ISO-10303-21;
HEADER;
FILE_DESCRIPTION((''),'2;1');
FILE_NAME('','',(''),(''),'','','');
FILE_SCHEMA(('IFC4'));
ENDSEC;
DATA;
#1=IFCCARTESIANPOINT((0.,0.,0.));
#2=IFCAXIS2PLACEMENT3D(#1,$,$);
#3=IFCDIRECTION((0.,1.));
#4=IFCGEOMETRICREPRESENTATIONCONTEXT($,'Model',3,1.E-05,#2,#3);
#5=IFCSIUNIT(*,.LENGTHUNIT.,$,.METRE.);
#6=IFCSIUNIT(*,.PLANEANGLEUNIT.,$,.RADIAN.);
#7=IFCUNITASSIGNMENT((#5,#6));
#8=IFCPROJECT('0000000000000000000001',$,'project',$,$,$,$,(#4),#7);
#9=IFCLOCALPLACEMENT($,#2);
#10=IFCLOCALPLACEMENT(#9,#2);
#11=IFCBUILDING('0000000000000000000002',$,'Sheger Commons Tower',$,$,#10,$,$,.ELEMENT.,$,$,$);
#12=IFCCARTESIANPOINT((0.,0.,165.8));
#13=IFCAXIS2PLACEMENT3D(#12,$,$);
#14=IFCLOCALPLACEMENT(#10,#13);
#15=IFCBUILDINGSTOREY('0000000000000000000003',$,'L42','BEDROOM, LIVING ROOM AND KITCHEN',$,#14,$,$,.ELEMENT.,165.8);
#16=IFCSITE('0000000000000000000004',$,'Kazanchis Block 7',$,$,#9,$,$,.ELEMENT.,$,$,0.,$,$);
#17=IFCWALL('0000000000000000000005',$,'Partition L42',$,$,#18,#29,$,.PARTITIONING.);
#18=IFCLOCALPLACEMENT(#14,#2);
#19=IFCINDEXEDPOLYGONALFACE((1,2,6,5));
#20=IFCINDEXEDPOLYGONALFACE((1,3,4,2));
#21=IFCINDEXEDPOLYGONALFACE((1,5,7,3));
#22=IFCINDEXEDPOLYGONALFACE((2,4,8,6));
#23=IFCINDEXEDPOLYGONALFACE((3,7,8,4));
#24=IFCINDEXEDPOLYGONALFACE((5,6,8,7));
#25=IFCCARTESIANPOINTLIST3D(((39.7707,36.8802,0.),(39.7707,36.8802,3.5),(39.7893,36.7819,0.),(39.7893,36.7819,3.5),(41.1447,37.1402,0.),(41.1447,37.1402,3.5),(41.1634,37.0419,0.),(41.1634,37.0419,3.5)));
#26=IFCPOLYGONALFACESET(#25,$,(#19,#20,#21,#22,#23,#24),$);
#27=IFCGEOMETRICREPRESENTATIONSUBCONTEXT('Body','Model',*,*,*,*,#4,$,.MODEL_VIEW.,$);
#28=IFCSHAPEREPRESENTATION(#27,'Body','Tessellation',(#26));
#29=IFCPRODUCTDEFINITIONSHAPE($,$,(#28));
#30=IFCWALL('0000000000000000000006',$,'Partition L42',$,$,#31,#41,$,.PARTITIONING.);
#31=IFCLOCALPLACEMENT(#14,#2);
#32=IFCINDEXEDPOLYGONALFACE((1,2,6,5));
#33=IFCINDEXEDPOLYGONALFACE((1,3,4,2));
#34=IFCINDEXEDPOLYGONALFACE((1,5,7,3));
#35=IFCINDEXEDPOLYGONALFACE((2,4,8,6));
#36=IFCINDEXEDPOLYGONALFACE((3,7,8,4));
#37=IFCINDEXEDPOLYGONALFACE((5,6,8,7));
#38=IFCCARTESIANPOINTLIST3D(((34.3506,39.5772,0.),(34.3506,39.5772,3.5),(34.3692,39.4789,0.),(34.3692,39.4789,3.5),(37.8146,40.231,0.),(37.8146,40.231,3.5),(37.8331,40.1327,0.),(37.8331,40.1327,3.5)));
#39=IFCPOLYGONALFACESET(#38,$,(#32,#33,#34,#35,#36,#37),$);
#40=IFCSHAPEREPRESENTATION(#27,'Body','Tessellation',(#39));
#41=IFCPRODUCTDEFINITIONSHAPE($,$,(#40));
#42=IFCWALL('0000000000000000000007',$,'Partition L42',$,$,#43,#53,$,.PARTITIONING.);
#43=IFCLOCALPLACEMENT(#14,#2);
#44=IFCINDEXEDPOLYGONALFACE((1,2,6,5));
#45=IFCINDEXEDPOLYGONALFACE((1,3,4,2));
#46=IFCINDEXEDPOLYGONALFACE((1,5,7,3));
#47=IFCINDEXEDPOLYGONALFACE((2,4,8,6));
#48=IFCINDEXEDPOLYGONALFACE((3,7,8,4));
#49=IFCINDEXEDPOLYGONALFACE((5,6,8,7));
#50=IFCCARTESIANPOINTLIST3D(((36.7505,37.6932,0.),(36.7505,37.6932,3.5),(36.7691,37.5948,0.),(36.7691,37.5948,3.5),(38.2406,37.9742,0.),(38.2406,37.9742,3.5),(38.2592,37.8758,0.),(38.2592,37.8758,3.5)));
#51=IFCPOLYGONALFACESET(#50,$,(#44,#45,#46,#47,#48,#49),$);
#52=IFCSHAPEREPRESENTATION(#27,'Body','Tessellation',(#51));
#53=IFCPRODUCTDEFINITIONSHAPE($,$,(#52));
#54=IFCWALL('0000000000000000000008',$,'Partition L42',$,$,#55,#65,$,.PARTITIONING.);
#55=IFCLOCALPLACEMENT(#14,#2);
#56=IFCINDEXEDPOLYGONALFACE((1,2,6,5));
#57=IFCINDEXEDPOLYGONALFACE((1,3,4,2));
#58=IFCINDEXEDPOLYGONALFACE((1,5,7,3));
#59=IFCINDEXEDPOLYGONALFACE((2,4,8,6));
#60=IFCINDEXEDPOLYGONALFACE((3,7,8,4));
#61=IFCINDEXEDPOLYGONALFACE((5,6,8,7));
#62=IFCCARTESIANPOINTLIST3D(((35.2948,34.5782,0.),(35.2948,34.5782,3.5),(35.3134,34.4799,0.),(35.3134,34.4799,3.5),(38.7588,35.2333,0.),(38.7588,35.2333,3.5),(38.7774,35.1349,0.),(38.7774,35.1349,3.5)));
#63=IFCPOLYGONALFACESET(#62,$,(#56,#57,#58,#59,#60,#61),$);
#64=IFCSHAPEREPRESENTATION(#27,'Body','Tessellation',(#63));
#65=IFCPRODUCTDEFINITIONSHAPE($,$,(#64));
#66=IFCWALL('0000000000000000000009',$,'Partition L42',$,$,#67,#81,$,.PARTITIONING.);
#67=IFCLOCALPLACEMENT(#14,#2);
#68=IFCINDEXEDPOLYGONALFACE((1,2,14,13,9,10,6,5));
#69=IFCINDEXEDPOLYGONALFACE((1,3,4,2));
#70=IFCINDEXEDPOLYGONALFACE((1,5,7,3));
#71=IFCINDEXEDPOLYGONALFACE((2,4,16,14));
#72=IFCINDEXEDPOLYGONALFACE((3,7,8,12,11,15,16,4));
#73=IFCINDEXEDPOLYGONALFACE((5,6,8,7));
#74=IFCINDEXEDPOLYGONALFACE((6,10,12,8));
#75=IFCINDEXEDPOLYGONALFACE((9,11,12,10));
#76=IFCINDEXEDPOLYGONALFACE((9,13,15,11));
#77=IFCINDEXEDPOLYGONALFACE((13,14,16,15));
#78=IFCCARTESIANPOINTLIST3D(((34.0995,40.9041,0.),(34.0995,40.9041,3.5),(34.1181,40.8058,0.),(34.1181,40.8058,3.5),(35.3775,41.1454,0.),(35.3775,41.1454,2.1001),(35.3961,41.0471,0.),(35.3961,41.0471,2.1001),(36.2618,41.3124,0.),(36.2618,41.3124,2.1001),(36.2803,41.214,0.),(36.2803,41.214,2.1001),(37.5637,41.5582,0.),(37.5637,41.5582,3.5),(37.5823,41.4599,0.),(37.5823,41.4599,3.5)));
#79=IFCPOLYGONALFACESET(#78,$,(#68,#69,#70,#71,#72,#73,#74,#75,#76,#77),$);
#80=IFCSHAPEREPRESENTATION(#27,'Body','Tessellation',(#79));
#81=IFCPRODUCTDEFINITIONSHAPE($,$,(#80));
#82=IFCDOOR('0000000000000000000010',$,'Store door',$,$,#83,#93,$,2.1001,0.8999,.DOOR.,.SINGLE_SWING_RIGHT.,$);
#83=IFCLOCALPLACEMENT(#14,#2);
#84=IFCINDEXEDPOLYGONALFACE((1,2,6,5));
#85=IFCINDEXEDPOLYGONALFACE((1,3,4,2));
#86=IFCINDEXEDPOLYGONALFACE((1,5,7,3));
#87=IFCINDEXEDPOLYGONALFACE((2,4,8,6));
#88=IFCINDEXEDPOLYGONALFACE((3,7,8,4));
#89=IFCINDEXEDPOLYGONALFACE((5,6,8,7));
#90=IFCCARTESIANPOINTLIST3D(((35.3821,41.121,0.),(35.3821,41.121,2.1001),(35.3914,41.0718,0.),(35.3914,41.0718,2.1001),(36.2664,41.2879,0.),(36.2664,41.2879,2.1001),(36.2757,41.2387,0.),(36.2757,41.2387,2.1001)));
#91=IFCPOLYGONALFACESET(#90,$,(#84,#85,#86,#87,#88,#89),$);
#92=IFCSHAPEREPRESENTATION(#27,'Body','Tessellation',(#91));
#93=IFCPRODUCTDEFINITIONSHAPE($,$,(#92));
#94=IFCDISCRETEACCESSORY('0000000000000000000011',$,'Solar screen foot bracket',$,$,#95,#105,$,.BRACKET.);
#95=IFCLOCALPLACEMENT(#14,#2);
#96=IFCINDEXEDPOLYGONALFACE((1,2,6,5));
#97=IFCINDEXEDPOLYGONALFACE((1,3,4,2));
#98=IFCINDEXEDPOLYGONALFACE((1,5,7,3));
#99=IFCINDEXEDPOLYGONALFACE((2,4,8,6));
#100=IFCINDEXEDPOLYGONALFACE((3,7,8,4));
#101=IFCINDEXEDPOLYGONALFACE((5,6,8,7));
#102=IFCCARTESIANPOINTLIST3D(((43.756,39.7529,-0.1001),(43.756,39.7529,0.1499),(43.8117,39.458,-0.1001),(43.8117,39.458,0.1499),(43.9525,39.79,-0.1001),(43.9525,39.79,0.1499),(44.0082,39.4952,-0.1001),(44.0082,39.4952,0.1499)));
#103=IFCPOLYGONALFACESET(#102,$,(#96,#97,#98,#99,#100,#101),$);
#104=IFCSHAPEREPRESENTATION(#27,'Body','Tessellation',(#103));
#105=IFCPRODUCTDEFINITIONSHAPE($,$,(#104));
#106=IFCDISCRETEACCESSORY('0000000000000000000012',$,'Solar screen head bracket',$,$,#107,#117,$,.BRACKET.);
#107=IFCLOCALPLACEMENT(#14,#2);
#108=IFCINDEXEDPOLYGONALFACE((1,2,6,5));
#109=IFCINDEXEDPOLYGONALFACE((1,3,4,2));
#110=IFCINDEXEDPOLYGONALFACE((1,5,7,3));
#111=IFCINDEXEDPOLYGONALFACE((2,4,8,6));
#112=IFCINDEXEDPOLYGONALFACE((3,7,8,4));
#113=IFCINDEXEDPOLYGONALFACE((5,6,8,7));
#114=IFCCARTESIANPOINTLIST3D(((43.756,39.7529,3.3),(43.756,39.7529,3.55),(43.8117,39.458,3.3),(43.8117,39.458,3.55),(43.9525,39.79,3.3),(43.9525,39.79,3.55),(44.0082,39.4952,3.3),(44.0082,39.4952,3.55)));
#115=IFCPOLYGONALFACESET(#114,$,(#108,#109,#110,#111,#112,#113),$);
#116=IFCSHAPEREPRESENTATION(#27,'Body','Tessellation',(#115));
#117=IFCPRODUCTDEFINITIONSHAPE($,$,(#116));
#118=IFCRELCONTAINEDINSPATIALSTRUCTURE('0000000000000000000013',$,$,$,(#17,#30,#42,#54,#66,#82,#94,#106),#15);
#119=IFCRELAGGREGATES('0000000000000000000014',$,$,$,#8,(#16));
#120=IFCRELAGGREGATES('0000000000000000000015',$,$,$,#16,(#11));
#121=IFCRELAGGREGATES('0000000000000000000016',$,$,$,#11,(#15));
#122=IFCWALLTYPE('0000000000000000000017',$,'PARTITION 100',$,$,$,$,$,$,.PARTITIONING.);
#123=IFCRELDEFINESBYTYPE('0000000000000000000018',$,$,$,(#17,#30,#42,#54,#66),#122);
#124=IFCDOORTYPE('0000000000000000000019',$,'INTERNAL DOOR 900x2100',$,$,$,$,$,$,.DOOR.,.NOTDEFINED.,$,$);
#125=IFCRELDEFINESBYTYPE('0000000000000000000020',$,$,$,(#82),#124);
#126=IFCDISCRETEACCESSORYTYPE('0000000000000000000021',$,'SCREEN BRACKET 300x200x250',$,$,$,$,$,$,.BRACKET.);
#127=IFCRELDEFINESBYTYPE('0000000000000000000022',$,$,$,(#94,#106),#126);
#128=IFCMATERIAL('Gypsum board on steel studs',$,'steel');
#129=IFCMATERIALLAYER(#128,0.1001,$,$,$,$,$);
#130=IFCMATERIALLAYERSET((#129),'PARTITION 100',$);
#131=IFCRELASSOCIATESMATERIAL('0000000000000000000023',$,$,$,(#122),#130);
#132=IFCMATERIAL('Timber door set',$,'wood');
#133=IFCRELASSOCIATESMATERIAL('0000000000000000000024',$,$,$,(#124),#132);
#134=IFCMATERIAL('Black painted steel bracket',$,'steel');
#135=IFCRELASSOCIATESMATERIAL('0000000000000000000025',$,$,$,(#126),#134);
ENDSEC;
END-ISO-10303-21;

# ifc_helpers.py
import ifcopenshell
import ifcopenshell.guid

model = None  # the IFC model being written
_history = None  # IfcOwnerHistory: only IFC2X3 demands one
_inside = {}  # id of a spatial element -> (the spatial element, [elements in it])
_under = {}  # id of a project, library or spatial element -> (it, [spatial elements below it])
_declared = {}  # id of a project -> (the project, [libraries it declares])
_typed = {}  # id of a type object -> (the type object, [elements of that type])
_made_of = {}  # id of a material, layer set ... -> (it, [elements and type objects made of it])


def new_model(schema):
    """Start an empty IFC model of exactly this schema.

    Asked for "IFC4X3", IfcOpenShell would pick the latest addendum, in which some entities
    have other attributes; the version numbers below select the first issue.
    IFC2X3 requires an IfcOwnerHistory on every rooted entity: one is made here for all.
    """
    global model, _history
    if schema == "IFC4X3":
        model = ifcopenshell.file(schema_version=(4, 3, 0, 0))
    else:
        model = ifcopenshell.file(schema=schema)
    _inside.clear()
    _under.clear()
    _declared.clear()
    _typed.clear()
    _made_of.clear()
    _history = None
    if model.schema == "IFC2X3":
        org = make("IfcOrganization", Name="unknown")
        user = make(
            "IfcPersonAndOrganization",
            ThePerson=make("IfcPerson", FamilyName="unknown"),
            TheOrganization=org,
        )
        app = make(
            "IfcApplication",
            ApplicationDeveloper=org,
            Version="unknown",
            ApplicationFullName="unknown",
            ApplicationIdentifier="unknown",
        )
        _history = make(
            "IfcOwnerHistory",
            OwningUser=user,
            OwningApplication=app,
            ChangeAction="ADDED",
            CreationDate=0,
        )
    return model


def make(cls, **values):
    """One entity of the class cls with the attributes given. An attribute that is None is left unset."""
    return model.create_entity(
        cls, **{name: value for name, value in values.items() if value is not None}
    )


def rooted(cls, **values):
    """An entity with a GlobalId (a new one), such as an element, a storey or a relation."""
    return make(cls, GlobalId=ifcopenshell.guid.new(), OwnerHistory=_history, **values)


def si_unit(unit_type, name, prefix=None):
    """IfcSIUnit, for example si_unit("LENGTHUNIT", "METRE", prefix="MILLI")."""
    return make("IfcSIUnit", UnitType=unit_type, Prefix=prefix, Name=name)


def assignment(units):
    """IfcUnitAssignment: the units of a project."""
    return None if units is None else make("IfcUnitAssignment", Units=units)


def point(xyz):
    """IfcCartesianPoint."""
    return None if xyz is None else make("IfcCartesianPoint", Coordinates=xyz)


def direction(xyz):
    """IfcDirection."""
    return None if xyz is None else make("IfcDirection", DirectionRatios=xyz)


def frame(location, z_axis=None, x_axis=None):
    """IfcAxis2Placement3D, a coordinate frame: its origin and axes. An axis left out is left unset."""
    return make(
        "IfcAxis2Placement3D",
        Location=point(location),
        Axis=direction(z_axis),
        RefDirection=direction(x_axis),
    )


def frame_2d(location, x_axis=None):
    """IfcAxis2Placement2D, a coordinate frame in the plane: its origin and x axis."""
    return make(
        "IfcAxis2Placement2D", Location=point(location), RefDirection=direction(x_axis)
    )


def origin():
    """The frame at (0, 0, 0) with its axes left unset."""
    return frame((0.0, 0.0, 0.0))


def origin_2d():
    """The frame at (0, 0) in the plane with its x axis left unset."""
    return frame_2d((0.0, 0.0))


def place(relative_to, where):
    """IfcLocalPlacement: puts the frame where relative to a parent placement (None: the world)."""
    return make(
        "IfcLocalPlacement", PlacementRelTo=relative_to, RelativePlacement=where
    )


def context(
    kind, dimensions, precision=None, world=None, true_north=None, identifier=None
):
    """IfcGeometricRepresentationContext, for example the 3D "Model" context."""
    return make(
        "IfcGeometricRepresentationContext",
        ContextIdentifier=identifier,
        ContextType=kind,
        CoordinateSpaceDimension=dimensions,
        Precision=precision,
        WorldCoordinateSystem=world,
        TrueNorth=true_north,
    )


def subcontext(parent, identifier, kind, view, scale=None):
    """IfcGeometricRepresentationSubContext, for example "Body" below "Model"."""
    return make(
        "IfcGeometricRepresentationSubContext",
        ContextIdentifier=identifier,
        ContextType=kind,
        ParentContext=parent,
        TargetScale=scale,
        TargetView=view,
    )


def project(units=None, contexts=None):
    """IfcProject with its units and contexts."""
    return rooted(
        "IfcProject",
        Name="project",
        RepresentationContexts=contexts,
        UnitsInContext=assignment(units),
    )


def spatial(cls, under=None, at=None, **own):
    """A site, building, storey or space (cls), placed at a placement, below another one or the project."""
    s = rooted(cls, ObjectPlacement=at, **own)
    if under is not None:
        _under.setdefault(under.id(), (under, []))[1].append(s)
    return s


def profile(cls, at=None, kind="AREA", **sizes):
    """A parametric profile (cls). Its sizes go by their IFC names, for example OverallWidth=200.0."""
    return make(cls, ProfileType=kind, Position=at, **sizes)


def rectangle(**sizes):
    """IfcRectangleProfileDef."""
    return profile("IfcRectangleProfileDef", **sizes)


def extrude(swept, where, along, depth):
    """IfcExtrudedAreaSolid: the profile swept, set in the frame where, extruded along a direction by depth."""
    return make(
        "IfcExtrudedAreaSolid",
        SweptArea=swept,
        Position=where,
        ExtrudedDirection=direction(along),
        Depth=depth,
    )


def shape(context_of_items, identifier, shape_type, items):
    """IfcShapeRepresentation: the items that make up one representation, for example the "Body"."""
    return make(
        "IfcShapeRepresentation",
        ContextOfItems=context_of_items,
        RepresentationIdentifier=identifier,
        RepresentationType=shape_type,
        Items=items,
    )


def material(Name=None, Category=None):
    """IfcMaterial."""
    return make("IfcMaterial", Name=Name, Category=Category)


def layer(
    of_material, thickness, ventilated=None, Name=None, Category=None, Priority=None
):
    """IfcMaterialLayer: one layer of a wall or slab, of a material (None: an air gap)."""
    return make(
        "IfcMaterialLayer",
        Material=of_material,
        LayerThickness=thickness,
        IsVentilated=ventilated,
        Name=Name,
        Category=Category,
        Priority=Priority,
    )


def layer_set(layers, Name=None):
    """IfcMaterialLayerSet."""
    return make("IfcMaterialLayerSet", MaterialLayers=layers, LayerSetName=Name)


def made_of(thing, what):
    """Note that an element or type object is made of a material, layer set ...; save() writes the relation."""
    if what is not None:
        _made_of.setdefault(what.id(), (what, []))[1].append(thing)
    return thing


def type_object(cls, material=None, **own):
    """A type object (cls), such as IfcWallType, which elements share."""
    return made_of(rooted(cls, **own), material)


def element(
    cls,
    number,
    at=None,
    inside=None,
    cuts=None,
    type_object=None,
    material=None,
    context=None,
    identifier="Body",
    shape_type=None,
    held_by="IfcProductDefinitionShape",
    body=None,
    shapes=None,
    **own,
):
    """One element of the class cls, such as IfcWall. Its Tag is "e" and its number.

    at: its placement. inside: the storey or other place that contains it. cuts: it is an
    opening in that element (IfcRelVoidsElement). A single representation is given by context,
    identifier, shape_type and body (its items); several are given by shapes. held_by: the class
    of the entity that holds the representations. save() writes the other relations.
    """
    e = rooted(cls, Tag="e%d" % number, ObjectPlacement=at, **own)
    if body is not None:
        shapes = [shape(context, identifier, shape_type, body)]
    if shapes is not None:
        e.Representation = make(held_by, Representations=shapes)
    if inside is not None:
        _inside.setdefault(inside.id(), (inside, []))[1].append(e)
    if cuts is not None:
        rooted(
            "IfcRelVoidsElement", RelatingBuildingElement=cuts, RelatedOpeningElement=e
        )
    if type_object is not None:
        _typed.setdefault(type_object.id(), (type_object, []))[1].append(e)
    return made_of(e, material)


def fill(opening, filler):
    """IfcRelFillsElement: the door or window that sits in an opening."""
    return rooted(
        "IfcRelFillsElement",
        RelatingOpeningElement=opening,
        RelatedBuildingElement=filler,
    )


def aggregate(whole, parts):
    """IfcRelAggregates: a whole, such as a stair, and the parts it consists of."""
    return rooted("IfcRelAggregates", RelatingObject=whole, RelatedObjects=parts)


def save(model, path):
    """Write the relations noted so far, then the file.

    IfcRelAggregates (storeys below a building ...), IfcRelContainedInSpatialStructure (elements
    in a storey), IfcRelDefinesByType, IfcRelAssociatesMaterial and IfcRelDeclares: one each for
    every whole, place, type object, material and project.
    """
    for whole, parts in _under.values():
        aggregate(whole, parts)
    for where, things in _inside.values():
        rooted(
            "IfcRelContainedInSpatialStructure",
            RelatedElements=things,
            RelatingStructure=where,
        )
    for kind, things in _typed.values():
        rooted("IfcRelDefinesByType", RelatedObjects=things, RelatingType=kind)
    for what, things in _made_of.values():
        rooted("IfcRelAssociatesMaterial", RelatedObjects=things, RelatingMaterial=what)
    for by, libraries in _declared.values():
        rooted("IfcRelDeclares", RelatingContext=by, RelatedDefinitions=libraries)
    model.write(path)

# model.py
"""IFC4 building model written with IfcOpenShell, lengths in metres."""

from ifc_helpers import new_model, si_unit, direction, frame, frame_2d, origin, origin_2d, place, context, subcontext, project, spatial, rectangle, extrude, material, layer, layer_set, type_object, element, fill, save


model = new_model("IFC4")

# Units and contexts
model_context = context("Model", 3, precision=1e-05, world=origin(), true_north=direction((0.0, 1.0)))
body_context = subcontext(model_context, "Body", "Model", "MODEL_VIEW")
ifc_project = project(units=[si_unit("LENGTHUNIT", "METRE"), si_unit("PLANEANGLEUNIT", "RADIAN")], contexts=[model_context])

# Site, building, storey
site_placement = place(None, origin())
site = spatial("IfcSite", under=ifc_project, at=site_placement, Name="Kazanchis Block 7", CompositionType="ELEMENT", RefElevation=0.0)
building_placement = place(site_placement, origin())
building = spatial("IfcBuilding", under=site, at=building_placement, Name="Sheger Commons Tower", CompositionType="ELEMENT")
storey_placement = place(building_placement, frame((0.0, 0.0, 165.8)))
storey = spatial("IfcBuildingStorey", under=building, at=storey_placement, Name="L42", Description="BEDROOM, LIVING ROOM AND KITCHEN", CompositionType="ELEMENT", Elevation=165.8)

# Shared definitions
ifc_material_1 = material(Name="Gypsum board on steel studs", Category="steel")
ifc_layer_1 = layer(ifc_material_1, 0.1001)
ifc_layer_set_1 = layer_set([ifc_layer_1], Name="PARTITION 100")
wall_type = type_object("IfcWallType", Name="PARTITION 100", PredefinedType="PARTITIONING", material=ifc_layer_set_1)

# Shared definitions
ifc_material_2 = material(Name="Timber door set", Category="wood")
door_type = type_object("IfcDoorType", Name="INTERNAL DOOR 900x2100", OperationType="NOTDEFINED", PredefinedType="DOOR", material=ifc_material_2)

# Walls
wall_1_placement = place(storey_placement, frame((41.1541, 37.0911, 0.0), z_axis=(0.0, 0.0, 1.0), x_axis=(-0.982562, -0.185933, 0.0)))
element("IfcWall", 1, at=wall_1_placement, inside=storey, type_object=wall_type, Name="Partition L42", PredefinedType="PARTITIONING", context=body_context, shape_type="SweptSolid", body=[
    extrude(rectangle(XDim=1.3984, YDim=0.1001, at=frame_2d((0.6992, 0.0))), origin(), (0.0, 0.0, 1.0), 3.5),
])
wall_2_placement = place(storey_placement, frame((37.824, 40.1819, 0.0), z_axis=(0.0, 0.0, 1.0), x_axis=(-0.982649, -0.185476, 0.0)))
element("IfcWall", 2, at=wall_2_placement, inside=storey, type_object=wall_type, Name="Partition L42", PredefinedType="PARTITIONING", context=body_context, shape_type="SweptSolid", body=[
    extrude(rectangle(XDim=3.5251, YDim=0.1001, at=frame_2d((1.7627, 0.0))), origin(), (0.0, 0.0, 1.0), 3.5),
])
wall_3_placement = place(storey_placement, frame((38.25, 37.925, 0.0), z_axis=(0.0, 0.0, 1.0), x_axis=(-0.982677, -0.185329, 0.0)))
element("IfcWall", 3, at=wall_3_placement, inside=storey, type_object=wall_type, Name="Partition L42", PredefinedType="PARTITIONING", context=body_context, shape_type="SweptSolid", body=[
    extrude(rectangle(XDim=1.5164, YDim=0.1001, at=frame_2d((0.7583, 0.0))), origin(), (0.0, 0.0, 1.0), 3.5),
])
wall_4_placement = place(storey_placement, frame((38.7681, 35.1841, 0.0), z_axis=(0.0, 0.0, 1.0), x_axis=(-0.982588, -0.185798, 0.0)))
element("IfcWall", 4, at=wall_4_placement, inside=storey, type_object=wall_type, Name="Partition L42", PredefinedType="PARTITIONING", context=body_context, shape_type="SweptSolid", body=[
    extrude(rectangle(XDim=3.5254, YDim=0.1001, at=frame_2d((1.7627, 0.0))), origin(), (0.0, 0.0, 1.0), 3.5),
])

# Wall, opening, door
wall_5_placement = place(storey_placement, frame((37.573, 41.509, 0.0), z_axis=(0.0, 0.0, 1.0), x_axis=(-0.982639, -0.18553, 0.0)))
wall_5 = element("IfcWall", 5, at=wall_5_placement, inside=storey, type_object=wall_type, Name="Partition L42", PredefinedType="PARTITIONING", context=body_context, shape_type="SweptSolid", body=[
    extrude(rectangle(XDim=3.5254, YDim=0.1001, at=frame_2d((1.7627, 0.0))), origin(), (0.0, 0.0, 1.0), 3.5),
])
opening_1_placement = place(wall_5_placement, frame((1.325, 0.0, 0.0)))
opening_1 = element("IfcOpeningElement", 6, at=opening_1_placement, cuts=wall_5, PredefinedType="OPENING", context=body_context, shape_type="SweptSolid", body=[
    extrude(rectangle(XDim=0.8999, YDim=2.1001, at=frame_2d((0.45, 1.05))), frame((0.0, 0.0601, 0.0), z_axis=(0.0, -1.0, 0.0), x_axis=(1.0, 0.0, 0.0)), (0.0, 0.0, 1.0), 0.1201),
])
door_1_placement = place(opening_1_placement, origin())
door_1 = element("IfcDoor", 7, at=door_1_placement, inside=storey, type_object=door_type, Name="Store door", OperationType="SINGLE_SWING_RIGHT", OverallHeight=2.1001, OverallWidth=0.8999, PredefinedType="DOOR", context=body_context, shape_type="SweptSolid", body=[
    extrude(rectangle(XDim=0.8999, YDim=2.1001, at=frame_2d((0.45, 1.05))), frame((0.0, 0.0249, 0.0), z_axis=(0.0, -1.0, 0.0), x_axis=(1.0, 0.0, 0.0)), (0.0, 0.0, 1.0), 0.05),
])
fill(opening_1, door_1)

# Discrete accessories
ifc_material_3 = material(Name="Black painted steel bracket", Category="steel")
discrete_accessory_type = type_object("IfcDiscreteAccessoryType", Name="SCREEN BRACKET 300x200x250", PredefinedType="BRACKET", material=ifc_material_3)
for number, where, z_axis, x_axis, name in (
    (8, (43.8821, 39.624, -0.1001), (0.0, 0.0, 1.0), (-0.185615, 0.982623, 0.0), "Solar screen foot bracket"),
    (9, (43.8821, 39.624, 3.3), (0.0, 0.0, 1.0), (-0.185615, 0.982623, 0.0), "Solar screen head bracket"),
):
    element("IfcDiscreteAccessory", number, at=place(storey_placement, frame(where, z_axis=z_axis, x_axis=x_axis)), inside=storey, type_object=discrete_accessory_type, Name=name, PredefinedType="BRACKET", context=body_context, shape_type="SweptSolid", body=[
        extrude(rectangle(XDim=0.3, YDim=0.2, at=origin_2d()), origin(), (0.0, 0.0, 1.0), 0.25),
    ])

save(model, "model.ifc")
